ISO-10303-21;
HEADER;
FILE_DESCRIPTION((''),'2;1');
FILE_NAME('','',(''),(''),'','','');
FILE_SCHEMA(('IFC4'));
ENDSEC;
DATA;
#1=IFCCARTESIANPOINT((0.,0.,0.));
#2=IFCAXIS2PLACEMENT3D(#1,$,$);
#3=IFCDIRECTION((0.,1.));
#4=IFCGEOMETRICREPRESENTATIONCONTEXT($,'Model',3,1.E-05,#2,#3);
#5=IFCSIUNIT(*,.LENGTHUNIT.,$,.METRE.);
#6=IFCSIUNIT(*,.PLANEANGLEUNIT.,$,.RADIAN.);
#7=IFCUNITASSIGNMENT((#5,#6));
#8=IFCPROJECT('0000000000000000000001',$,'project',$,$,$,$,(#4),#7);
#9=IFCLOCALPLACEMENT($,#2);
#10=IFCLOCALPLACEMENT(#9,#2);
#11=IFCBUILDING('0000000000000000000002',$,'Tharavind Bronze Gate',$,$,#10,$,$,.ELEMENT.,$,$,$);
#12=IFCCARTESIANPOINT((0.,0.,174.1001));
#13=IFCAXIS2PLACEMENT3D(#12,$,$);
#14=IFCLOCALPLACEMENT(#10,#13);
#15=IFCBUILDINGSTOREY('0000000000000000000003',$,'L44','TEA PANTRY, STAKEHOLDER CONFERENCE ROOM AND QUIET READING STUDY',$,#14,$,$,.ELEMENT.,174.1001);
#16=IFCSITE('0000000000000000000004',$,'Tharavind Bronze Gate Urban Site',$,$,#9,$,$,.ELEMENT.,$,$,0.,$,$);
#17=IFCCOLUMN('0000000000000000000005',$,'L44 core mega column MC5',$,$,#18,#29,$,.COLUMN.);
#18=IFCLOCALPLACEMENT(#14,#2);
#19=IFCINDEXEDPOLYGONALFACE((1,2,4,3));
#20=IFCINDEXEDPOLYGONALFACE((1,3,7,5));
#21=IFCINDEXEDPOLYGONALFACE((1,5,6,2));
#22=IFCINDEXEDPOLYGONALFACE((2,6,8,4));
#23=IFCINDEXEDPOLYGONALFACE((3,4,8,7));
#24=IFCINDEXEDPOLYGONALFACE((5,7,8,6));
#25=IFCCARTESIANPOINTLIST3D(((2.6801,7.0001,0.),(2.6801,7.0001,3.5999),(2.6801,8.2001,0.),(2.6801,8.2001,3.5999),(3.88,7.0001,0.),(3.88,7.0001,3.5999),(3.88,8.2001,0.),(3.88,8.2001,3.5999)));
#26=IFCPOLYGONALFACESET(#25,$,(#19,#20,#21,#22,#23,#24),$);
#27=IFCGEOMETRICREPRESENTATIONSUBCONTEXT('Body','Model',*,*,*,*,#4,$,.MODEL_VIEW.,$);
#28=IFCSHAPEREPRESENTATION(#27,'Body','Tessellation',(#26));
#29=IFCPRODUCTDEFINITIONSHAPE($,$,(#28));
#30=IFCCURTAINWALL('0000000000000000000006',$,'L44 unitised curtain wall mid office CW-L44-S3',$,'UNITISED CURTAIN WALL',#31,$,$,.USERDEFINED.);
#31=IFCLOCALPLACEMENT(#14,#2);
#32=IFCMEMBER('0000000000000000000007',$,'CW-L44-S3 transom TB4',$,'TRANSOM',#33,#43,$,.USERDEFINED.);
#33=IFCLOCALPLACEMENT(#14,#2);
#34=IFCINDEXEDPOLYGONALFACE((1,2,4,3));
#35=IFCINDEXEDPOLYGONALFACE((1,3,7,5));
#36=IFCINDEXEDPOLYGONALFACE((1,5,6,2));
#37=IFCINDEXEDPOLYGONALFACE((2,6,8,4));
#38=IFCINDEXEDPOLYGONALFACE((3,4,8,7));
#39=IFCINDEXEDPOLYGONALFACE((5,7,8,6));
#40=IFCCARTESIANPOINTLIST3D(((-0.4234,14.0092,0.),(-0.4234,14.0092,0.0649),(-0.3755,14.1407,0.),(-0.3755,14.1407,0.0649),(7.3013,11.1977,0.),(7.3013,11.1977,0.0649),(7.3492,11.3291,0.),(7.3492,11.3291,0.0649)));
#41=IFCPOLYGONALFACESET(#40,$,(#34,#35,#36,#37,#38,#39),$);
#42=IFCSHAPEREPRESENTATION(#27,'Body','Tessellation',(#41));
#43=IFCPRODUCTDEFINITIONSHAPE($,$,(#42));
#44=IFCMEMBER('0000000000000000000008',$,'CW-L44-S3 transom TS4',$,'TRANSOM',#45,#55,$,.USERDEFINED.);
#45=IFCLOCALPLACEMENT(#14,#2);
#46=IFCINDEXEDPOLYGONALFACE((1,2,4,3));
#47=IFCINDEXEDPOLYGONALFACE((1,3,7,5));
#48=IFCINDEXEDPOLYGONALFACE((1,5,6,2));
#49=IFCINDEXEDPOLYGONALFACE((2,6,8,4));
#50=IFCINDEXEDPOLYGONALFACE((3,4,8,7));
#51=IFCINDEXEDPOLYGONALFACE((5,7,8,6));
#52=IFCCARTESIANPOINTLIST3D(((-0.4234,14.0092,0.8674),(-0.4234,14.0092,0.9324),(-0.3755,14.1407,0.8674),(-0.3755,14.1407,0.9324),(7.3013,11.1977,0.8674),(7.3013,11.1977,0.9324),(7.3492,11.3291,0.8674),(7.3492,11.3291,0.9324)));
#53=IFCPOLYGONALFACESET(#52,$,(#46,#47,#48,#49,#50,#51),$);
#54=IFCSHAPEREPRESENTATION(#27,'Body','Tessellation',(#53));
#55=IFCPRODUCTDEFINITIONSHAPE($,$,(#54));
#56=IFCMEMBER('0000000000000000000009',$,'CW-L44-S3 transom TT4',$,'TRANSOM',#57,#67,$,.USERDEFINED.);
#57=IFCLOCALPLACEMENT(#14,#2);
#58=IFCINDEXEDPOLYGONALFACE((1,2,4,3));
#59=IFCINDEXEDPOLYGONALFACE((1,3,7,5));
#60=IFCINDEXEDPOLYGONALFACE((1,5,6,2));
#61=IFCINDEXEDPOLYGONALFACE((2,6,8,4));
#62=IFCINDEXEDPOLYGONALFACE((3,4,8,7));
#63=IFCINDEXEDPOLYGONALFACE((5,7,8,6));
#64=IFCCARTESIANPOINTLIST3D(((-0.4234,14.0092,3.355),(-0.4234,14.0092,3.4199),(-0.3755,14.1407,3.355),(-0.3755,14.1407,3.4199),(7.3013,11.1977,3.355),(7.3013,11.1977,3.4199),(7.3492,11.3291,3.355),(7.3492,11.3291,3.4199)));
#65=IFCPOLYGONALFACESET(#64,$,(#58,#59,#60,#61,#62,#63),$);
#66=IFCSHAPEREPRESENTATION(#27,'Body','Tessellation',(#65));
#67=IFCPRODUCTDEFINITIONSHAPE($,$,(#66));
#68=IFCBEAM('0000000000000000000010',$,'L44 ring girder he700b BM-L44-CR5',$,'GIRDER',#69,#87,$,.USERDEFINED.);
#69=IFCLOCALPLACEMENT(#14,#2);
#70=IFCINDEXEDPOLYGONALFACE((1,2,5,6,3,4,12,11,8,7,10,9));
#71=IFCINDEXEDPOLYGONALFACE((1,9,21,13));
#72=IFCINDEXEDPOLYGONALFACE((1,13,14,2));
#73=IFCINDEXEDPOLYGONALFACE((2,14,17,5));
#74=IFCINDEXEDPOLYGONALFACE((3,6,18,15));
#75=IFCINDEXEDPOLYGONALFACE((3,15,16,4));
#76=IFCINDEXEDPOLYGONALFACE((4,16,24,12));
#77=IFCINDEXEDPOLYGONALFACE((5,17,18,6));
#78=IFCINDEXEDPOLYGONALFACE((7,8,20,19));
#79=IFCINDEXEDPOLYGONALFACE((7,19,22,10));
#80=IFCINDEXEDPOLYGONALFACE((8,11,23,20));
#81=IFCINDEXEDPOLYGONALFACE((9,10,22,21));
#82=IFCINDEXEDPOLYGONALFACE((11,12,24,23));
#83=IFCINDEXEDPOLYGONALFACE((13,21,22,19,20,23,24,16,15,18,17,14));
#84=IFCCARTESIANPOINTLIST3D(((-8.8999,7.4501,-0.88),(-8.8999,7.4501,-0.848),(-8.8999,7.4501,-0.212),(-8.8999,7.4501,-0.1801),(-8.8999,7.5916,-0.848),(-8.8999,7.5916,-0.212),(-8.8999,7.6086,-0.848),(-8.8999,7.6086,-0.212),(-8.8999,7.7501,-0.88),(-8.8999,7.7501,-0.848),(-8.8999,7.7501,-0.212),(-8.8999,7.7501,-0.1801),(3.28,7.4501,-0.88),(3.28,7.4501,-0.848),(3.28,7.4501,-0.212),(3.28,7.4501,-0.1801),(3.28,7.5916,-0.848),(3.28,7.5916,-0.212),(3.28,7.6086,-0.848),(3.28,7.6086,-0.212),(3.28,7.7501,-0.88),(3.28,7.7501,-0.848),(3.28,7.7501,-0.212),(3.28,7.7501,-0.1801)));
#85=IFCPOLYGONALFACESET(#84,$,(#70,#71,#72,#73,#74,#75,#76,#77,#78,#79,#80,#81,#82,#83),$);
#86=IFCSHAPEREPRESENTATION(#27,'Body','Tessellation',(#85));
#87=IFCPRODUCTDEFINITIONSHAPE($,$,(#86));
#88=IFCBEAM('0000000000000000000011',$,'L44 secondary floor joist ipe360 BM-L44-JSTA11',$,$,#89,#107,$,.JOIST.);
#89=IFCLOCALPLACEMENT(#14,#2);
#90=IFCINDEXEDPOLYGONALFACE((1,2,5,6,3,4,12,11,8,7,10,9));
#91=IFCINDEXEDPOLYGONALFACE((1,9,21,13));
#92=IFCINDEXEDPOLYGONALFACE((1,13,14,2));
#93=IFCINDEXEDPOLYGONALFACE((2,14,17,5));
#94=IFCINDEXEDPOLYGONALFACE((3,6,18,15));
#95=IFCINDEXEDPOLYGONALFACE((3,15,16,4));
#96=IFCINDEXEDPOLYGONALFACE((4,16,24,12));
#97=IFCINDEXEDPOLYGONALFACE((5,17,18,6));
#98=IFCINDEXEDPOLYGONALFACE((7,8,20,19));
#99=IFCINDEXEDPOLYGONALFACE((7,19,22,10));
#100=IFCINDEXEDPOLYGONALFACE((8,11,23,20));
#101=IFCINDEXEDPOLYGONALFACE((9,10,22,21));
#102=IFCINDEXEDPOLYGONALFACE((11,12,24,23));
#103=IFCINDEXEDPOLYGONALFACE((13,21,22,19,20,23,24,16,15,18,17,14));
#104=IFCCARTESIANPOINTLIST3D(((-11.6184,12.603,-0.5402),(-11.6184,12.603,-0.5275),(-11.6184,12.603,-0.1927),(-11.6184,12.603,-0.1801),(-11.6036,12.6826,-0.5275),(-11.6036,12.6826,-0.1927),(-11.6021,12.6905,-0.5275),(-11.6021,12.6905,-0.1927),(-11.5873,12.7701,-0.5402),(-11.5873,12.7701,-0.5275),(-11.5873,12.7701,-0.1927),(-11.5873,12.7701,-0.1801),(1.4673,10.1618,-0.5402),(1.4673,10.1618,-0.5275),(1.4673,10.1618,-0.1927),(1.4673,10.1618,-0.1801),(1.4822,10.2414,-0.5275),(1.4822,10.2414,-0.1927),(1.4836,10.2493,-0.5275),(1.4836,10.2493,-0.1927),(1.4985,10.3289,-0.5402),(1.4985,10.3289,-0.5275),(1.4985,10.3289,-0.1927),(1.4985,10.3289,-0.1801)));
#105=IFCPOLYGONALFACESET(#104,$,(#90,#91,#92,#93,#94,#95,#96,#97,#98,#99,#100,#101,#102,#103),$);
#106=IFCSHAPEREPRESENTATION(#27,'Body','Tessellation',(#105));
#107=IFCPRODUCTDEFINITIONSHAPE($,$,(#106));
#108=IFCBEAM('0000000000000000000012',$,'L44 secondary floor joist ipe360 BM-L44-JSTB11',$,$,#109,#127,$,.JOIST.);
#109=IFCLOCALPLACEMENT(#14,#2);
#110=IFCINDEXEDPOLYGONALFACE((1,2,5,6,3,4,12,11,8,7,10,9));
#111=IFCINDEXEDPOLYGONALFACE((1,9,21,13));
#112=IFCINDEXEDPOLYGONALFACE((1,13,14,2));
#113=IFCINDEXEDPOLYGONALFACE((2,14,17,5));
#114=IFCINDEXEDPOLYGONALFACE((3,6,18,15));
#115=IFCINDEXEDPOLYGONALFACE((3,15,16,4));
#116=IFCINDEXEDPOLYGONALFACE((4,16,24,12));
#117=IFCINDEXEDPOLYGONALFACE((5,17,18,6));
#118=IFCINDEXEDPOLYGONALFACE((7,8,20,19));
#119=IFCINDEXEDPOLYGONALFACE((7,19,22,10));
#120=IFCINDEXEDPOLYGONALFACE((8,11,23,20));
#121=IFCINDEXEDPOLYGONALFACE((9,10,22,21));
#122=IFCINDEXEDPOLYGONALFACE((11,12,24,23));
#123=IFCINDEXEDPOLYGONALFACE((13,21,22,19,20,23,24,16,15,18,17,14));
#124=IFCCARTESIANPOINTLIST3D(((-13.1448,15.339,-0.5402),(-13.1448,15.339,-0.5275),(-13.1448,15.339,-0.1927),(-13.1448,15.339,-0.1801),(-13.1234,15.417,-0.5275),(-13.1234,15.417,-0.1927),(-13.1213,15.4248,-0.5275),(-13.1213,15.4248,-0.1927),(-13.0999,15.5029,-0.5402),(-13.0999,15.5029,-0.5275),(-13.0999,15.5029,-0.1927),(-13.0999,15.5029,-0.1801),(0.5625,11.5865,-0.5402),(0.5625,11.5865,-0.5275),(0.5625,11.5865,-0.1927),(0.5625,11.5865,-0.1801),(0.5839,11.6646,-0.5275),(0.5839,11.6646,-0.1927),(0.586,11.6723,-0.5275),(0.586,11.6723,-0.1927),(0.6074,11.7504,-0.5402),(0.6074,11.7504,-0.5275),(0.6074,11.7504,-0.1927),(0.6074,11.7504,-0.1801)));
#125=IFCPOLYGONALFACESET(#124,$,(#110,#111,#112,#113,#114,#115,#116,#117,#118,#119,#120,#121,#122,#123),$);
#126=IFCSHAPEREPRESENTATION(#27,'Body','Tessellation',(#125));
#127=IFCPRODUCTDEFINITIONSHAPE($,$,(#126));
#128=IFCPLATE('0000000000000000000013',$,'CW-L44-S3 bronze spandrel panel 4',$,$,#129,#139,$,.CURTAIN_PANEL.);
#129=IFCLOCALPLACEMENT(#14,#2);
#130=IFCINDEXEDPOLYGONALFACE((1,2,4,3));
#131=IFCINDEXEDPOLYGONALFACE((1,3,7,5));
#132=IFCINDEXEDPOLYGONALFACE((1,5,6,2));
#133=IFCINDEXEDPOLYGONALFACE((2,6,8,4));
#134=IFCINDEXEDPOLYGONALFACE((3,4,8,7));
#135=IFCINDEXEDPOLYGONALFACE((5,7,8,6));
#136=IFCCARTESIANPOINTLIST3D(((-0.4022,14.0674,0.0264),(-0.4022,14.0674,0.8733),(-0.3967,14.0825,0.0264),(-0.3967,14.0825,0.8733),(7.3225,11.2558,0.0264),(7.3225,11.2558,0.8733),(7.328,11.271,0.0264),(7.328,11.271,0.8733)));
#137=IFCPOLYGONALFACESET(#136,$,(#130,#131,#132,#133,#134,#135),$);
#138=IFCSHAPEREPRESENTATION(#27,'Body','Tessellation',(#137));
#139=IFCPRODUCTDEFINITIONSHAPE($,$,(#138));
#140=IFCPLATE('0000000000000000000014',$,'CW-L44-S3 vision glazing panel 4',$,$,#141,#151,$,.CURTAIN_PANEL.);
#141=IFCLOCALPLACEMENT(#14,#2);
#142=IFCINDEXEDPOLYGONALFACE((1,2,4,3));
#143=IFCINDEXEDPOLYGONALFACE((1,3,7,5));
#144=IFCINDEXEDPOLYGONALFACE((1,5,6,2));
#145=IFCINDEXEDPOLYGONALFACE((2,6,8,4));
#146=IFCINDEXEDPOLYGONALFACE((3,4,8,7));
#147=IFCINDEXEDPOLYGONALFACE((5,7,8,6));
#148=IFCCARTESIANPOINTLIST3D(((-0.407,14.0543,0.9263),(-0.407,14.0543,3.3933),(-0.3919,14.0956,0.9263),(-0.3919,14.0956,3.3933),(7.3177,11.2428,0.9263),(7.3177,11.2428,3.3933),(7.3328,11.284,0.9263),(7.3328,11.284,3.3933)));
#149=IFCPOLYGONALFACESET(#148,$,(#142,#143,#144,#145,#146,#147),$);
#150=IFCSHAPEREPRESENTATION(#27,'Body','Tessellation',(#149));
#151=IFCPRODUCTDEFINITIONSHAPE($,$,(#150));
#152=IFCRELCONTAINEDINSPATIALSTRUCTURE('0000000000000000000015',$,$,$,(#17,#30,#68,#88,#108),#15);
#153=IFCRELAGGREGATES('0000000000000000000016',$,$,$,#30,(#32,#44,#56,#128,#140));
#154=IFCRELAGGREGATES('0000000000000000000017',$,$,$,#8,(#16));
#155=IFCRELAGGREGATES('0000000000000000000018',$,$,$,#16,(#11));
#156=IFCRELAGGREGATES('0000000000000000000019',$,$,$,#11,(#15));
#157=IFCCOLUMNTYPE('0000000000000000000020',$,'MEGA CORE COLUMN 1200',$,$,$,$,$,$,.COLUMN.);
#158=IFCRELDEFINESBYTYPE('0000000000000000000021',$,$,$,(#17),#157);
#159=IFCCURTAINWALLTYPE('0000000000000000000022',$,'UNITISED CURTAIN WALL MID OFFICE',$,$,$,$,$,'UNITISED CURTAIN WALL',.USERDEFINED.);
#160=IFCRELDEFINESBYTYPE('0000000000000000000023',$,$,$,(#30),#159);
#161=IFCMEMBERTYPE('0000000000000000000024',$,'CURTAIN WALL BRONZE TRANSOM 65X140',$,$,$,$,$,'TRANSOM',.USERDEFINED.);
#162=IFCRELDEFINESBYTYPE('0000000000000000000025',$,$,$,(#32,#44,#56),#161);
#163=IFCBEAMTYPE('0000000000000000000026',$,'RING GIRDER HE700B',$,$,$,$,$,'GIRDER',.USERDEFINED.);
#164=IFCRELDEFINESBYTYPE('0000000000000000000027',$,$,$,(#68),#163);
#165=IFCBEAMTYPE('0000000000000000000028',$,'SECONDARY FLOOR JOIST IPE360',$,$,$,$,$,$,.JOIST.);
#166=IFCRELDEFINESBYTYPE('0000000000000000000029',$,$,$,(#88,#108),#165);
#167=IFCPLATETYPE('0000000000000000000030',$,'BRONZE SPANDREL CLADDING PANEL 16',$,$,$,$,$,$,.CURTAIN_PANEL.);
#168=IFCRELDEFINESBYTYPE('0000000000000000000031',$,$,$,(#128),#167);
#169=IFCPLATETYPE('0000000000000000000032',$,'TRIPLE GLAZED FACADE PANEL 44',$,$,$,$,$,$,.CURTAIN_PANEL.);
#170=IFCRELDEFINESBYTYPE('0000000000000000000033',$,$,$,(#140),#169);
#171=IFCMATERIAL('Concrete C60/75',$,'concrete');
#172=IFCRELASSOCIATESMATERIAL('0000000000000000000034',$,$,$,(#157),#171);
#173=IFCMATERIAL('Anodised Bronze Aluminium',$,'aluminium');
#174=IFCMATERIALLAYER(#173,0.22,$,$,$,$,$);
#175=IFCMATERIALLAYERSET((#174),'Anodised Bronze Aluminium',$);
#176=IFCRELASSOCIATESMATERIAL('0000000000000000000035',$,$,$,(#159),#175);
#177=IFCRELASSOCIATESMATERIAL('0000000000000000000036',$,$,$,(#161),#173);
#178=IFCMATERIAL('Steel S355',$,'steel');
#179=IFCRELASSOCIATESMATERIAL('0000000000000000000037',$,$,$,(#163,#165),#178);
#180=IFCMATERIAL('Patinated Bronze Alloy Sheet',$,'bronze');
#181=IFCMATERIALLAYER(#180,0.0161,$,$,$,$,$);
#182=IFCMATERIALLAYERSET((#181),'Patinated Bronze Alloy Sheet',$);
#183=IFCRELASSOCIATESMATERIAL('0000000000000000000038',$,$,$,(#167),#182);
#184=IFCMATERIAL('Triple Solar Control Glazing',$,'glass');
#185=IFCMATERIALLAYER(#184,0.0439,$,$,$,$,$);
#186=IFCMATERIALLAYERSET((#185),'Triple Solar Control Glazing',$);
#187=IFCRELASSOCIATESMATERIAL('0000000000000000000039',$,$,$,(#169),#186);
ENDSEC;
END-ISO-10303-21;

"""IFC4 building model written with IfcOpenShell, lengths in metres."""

from ifc_helpers import new_model, si_unit, direction, frame, origin, origin_2d, place, context, subcontext, project, spatial, rectangle, i_section, extrude, material, layer, layer_set, material_profile, profile_set, type_object, element, aggregate, save


model = new_model("IFC4")

# Units and contexts
model_context = context("Model", 3, precision=1e-05, world=origin(), true_north=direction((0.0, 1.0)))
body_context = subcontext(model_context, "Body", "Model", "MODEL_VIEW")
ifc_project = project(units=[si_unit("LENGTHUNIT", "METRE"), si_unit("PLANEANGLEUNIT", "RADIAN")], contexts=[model_context])

# Site, building, storey
site_placement = place(None, origin())
site = spatial("IfcSite", under=ifc_project, at=site_placement, Name="Tharavind Bronze Gate Urban Site", CompositionType="ELEMENT", RefElevation=0.0)
building_placement = place(site_placement, origin())
building = spatial("IfcBuilding", under=site, at=building_placement, Name="Tharavind Bronze Gate", CompositionType="ELEMENT")
storey_placement = place(building_placement, frame((0.0, 0.0, 174.1001)))
storey = spatial("IfcBuildingStorey", under=building, at=storey_placement, Name="L44", Description="TEA PANTRY, STAKEHOLDER CONFERENCE ROOM AND QUIET READING STUDY", CompositionType="ELEMENT", Elevation=174.1001)

# Column
ifc_material_1 = material(Name="Concrete C60/75", Category="concrete")
ifc_material_profile_1 = material_profile(ifc_material_1, rectangle(XDim=1.2, YDim=1.2, at=origin_2d()), Name="RCCOL1200")
ifc_profile_set_1 = profile_set([ifc_material_profile_1], Name="Concrete C60/75")
column_type = type_object("IfcColumnType", Name="MEGA CORE COLUMN 1200", PredefinedType="COLUMN", material=ifc_profile_set_1)
column_placement = place(storey_placement, frame((3.28, 7.6001, 0.0), z_axis=(0.0, 0.0, 1.0), x_axis=(1.0, 0.0, 0.0)))
element("IfcColumn", 1, at=column_placement, inside=storey, type_object=column_type, Name="L44 core mega column MC5", PredefinedType="COLUMN", context=body_context, shape_type="SweptSolid", body=[
    extrude(rectangle(XDim=1.2, YDim=1.2, at=origin_2d()), origin(), (0.0, 0.0, 1.0), 3.5999),
])

# Curtain wall, members
ifc_material_2 = material(Name="Anodised Bronze Aluminium", Category="aluminium")
ifc_layer_1 = layer(ifc_material_2, 0.22)
ifc_layer_set_1 = layer_set([ifc_layer_1], Name="Anodised Bronze Aluminium")
curtain_wall_type = type_object("IfcCurtainWallType", Name="UNITISED CURTAIN WALL MID OFFICE", ElementType="UNITISED CURTAIN WALL", PredefinedType="USERDEFINED", material=ifc_layer_set_1)
curtain_wall_placement = place(storey_placement, origin())
curtain_wall = element("IfcCurtainWall", 2, at=curtain_wall_placement, inside=storey, type_object=curtain_wall_type, Name="L44 unitised curtain wall mid office CW-L44-S3", ObjectType="UNITISED CURTAIN WALL", PredefinedType="USERDEFINED")
member_type = type_object("IfcMemberType", Name="CURTAIN WALL BRONZE TRANSOM 65X140", ElementType="TRANSOM", PredefinedType="USERDEFINED", material=ifc_material_2)
member_1_placement = place(storey_placement, frame((3.4629, 12.6692, 0.0), z_axis=(0.0, 0.0, 1.0), x_axis=(-0.939692, 0.342022, 0.0)))
member_1 = element("IfcMember", 3, at=member_1_placement, type_object=member_type, Name="CW-L44-S3 transom TB4", ObjectType="TRANSOM", PredefinedType="USERDEFINED", context=body_context, shape_type="SweptSolid", body=[
    extrude(rectangle(XDim=8.2205, YDim=0.1399, at=origin_2d()), origin(), (0.0, 0.0, 1.0), 0.0649),
])
member_2_placement = place(storey_placement, frame((3.4629, 12.6692, 0.8674), z_axis=(0.0, 0.0, 1.0), x_axis=(-0.939692, 0.342022, 0.0)))
member_2 = element("IfcMember", 4, at=member_2_placement, type_object=member_type, Name="CW-L44-S3 transom TS4", ObjectType="TRANSOM", PredefinedType="USERDEFINED", context=body_context, shape_type="SweptSolid", body=[
    extrude(rectangle(XDim=8.2205, YDim=0.1399, at=origin_2d()), origin(), (0.0, 0.0, 1.0), 0.0649),
])
member_3_placement = place(storey_placement, frame((3.4629, 12.6692, 3.355), z_axis=(0.0, 0.0, 1.0), x_axis=(-0.939692, 0.342022, 0.0)))
member_3 = element("IfcMember", 5, at=member_3_placement, type_object=member_type, Name="CW-L44-S3 transom TT4", ObjectType="TRANSOM", PredefinedType="USERDEFINED", context=body_context, shape_type="SweptSolid", body=[
    extrude(rectangle(XDim=8.2205, YDim=0.1399, at=origin_2d()), origin(), (0.0, 0.0, 1.0), 0.0649),
])

# Beams
ifc_material_3 = material(Name="Steel S355", Category="steel")
ifc_material_profile_2 = material_profile(ifc_material_3, i_section(OverallWidth=0.3, OverallDepth=0.7, WebThickness=0.0171, FlangeThickness=0.032, at=origin_2d()), Name="HE700B")
ifc_profile_set_2 = profile_set([ifc_material_profile_2], Name="Steel S355")
beam_type_1 = type_object("IfcBeamType", Name="RING GIRDER HE700B", ElementType="GIRDER", PredefinedType="USERDEFINED", material=ifc_profile_set_2)
beam_1_placement = place(storey_placement, frame((3.28, 7.6001, -0.53), z_axis=(-1.0, 0.0, 0.0), x_axis=(0.0, -1.0, 0.0)))
element("IfcBeam", 6, at=beam_1_placement, inside=storey, type_object=beam_type_1, Name="L44 ring girder he700b BM-L44-CR5", ObjectType="GIRDER", PredefinedType="USERDEFINED", context=body_context, shape_type="SweptSolid", body=[
    extrude(i_section(OverallWidth=0.3, OverallDepth=0.7, WebThickness=0.0171, FlangeThickness=0.032, at=origin_2d()), origin(), (0.0, 0.0, 1.0), 12.1799),
])
ifc_material_profile_3 = material_profile(ifc_material_3, i_section(OverallWidth=0.1699, OverallDepth=0.3601, WebThickness=0.0081, FlangeThickness=0.0127, at=origin_2d()), Name="IPE360")
ifc_profile_set_3 = profile_set([ifc_material_profile_3], Name="Steel S355")
beam_type_2 = type_object("IfcBeamType", Name="SECONDARY FLOOR JOIST IPE360", PredefinedType="JOIST", material=ifc_profile_set_3)
beam_2_placement = place(storey_placement, frame((1.4829, 10.2454, -0.3601), z_axis=(-0.983041, 0.183388, 0.0), x_axis=(-0.183388, -0.983041, 0.0)))
element("IfcBeam", 7, at=beam_2_placement, inside=storey, type_object=beam_type_2, Name="L44 secondary floor joist ipe360 BM-L44-JSTA11", PredefinedType="JOIST", context=body_context, shape_type="SweptSolid", body=[
    extrude(i_section(OverallWidth=0.1699, OverallDepth=0.3601, WebThickness=0.0081, FlangeThickness=0.0127, at=origin_2d()), origin(), (0.0, 0.0, 1.0), 13.3115),
])
beam_3_placement = place(storey_placement, frame((0.585, 11.6685, -0.3601), z_axis=(-0.964512, 0.26404, 0.0), x_axis=(-0.26404, -0.964512, 0.0)))
element("IfcBeam", 8, at=beam_3_placement, inside=storey, type_object=beam_type_2, Name="L44 secondary floor joist ipe360 BM-L44-JSTB11", PredefinedType="JOIST", context=body_context, shape_type="SweptSolid", body=[
    extrude(i_section(OverallWidth=0.1699, OverallDepth=0.3601, WebThickness=0.0081, FlangeThickness=0.0127, at=origin_2d()), origin(), (0.0, 0.0, 1.0), 14.2117),
])

# Plates
ifc_material_4 = material(Name="Patinated Bronze Alloy Sheet", Category="bronze")
ifc_layer_2 = layer(ifc_material_4, 0.0161)
ifc_layer_set_2 = layer_set([ifc_layer_2], Name="Patinated Bronze Alloy Sheet")
plate_type_1 = type_object("IfcPlateType", Name="BRONZE SPANDREL CLADDING PANEL 16", PredefinedType="CURTAIN_PANEL", material=ifc_layer_set_2)
plate_1_placement = place(storey_placement, frame((3.4629, 12.6692, 0.0264), z_axis=(0.0, 0.0, 1.0), x_axis=(-0.939692, 0.342022, 0.0)))
plate_1 = element("IfcPlate", 9, at=plate_1_placement, type_object=plate_type_1, Name="CW-L44-S3 bronze spandrel panel 4", PredefinedType="CURTAIN_PANEL", context=body_context, shape_type="SweptSolid", body=[
    extrude(rectangle(XDim=8.2205, YDim=0.0161, at=origin_2d()), origin(), (0.0, 0.0, 1.0), 0.8469),
])
ifc_material_5 = material(Name="Triple Solar Control Glazing", Category="glass")
ifc_layer_3 = layer(ifc_material_5, 0.0439)
ifc_layer_set_3 = layer_set([ifc_layer_3], Name="Triple Solar Control Glazing")
plate_type_2 = type_object("IfcPlateType", Name="TRIPLE GLAZED FACADE PANEL 44", PredefinedType="CURTAIN_PANEL", material=ifc_layer_set_3)
plate_2_placement = place(storey_placement, frame((3.4629, 12.6692, 0.9263), z_axis=(0.0, 0.0, 1.0), x_axis=(-0.939692, 0.342022, 0.0)))
plate_2 = element("IfcPlate", 10, at=plate_2_placement, type_object=plate_type_2, Name="CW-L44-S3 vision glazing panel 4", PredefinedType="CURTAIN_PANEL", context=body_context, shape_type="SweptSolid", body=[
    extrude(rectangle(XDim=8.2205, YDim=0.0439, at=origin_2d()), origin(), (0.0, 0.0, 1.0), 2.467),
])
aggregate(curtain_wall, [member_1, member_2, member_3, plate_1, plate_2])

save(model, "model.ifc")
